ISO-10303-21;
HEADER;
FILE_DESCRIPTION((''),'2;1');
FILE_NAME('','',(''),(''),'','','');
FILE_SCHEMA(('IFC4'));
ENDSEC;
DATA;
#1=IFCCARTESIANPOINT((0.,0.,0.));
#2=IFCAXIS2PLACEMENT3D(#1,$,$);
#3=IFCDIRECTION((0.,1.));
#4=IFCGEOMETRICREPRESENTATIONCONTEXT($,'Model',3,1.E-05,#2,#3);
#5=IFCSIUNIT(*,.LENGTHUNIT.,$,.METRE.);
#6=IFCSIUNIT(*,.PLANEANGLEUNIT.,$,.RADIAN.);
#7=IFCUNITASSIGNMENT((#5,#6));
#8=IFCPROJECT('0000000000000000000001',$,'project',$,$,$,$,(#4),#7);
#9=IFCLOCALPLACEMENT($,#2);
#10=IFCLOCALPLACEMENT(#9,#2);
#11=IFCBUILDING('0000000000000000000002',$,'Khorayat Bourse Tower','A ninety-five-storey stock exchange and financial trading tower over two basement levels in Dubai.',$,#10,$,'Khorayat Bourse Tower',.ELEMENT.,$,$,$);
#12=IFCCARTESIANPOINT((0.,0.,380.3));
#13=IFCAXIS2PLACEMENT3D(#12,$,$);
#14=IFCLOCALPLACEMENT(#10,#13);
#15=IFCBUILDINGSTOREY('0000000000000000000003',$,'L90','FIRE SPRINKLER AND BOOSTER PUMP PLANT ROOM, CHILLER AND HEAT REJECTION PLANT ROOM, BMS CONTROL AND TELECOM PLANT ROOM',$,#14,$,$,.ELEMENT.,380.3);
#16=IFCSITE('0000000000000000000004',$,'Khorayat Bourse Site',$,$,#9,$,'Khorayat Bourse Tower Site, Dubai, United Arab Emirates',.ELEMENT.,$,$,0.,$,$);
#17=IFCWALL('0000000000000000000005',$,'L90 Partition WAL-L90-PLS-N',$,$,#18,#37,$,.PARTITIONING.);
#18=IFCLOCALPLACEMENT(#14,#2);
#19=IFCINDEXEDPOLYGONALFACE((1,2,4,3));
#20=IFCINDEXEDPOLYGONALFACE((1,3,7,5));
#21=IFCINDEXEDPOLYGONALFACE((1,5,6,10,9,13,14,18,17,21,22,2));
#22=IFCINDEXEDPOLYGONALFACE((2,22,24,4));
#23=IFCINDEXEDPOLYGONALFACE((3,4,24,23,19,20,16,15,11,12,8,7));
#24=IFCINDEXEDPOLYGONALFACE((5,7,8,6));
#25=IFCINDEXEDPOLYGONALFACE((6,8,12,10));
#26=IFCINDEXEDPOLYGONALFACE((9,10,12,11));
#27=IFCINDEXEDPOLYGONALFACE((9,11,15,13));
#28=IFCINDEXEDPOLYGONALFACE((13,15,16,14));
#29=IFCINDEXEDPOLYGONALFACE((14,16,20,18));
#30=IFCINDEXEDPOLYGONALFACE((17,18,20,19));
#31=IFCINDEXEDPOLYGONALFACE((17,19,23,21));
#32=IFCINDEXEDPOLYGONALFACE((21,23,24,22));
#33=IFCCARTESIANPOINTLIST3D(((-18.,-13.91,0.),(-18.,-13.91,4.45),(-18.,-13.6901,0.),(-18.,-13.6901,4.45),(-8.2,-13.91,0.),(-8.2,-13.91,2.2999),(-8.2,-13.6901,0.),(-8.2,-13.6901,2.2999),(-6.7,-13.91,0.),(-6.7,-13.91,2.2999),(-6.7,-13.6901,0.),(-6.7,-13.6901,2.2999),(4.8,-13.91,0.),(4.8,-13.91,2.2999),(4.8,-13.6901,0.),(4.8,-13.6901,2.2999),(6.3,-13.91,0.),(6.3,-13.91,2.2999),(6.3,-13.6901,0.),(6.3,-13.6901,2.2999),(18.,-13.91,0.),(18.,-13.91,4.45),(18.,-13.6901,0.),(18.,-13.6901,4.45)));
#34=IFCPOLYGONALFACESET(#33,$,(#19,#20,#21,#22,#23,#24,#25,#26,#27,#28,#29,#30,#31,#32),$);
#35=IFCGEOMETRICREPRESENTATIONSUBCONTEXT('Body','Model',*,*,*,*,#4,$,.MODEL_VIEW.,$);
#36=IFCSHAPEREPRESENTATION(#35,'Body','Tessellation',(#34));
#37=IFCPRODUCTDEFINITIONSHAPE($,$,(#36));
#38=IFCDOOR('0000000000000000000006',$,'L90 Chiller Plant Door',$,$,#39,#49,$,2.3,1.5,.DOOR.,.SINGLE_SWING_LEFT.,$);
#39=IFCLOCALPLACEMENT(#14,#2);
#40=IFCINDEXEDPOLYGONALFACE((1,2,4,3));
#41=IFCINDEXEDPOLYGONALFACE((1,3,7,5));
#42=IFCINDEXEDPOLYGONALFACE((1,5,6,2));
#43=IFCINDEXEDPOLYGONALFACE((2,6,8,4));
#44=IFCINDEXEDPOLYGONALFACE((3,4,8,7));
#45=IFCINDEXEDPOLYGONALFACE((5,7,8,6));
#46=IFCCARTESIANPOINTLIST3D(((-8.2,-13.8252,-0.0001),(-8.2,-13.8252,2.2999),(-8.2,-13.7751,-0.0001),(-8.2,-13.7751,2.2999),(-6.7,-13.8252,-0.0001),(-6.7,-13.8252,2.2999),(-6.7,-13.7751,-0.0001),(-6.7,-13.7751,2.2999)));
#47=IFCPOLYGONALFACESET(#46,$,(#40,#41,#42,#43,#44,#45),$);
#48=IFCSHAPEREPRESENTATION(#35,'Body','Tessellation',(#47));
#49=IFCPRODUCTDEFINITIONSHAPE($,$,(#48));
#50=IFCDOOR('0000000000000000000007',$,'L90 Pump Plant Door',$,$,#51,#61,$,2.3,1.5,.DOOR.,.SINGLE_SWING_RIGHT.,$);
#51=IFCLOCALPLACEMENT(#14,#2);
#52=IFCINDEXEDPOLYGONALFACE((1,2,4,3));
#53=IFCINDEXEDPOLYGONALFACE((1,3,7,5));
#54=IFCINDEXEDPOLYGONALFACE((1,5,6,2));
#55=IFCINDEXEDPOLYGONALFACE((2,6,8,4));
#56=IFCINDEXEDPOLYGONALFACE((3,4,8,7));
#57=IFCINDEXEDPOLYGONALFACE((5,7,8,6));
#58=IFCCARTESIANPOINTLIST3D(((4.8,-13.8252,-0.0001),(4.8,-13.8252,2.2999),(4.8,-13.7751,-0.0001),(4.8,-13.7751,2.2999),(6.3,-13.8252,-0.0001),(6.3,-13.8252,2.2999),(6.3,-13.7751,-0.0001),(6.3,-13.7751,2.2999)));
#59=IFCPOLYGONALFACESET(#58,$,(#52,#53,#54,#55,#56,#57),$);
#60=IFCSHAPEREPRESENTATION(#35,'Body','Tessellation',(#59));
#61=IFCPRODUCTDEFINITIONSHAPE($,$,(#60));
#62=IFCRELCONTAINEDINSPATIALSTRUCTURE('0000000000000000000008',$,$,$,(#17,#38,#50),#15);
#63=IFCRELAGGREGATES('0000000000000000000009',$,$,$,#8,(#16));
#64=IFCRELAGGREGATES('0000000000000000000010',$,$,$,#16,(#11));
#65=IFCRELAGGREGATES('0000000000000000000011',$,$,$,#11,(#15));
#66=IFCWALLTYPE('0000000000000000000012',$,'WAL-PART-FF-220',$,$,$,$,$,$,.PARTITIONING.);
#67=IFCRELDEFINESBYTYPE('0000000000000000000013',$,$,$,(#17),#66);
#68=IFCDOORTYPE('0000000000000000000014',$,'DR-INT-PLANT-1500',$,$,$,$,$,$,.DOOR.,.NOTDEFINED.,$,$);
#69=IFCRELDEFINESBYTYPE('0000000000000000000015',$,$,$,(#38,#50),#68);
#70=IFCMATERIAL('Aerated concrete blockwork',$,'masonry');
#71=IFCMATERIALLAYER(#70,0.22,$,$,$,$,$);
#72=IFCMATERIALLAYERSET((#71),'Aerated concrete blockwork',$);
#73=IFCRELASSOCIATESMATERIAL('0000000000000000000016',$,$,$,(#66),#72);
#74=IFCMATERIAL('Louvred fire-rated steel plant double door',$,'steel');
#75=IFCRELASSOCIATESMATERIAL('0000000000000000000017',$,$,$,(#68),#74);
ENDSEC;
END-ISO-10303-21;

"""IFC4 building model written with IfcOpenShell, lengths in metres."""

from ifc_helpers import new_model, si_unit, direction, frame, frame_2d, origin, place, context, subcontext, project, spatial, rectangle, extrude, source, transform, mapped, material, layer, layer_set, type_object, element, fill, save


model = new_model("IFC4")

# Units and contexts
model_context = context("Model", 3, precision=1e-05, world=origin(), true_north=direction((0.0, 1.0)))
body_context = subcontext(model_context, "Body", "Model", "MODEL_VIEW")
ifc_project = project(units=[si_unit("LENGTHUNIT", "METRE"), si_unit("PLANEANGLEUNIT", "RADIAN")], contexts=[model_context])

# Site, building, storey
site_placement = place(None, origin())
site = spatial("IfcSite", under=ifc_project, at=site_placement, Name="Khorayat Bourse Site", LongName="Khorayat Bourse Tower Site, Dubai, United Arab Emirates", CompositionType="ELEMENT", RefElevation=0.0)
building_placement = place(site_placement, origin())
building = spatial("IfcBuilding", under=site, at=building_placement, Name="Khorayat Bourse Tower", Description="A ninety-five-storey stock exchange and financial trading tower over two basement levels in Dubai.", LongName="Khorayat Bourse Tower", CompositionType="ELEMENT")
storey_placement = place(building_placement, frame((0.0, 0.0, 380.3)))
storey = spatial("IfcBuildingStorey", under=building, at=storey_placement, Name="L90", Description="FIRE SPRINKLER AND BOOSTER PUMP PLANT ROOM, CHILLER AND HEAT REJECTION PLANT ROOM, BMS CONTROL AND TELECOM PLANT ROOM", CompositionType="ELEMENT", Elevation=380.3)

# Shared definitions
ifc_material_1 = material(Name="Aerated concrete blockwork", Category="masonry")
ifc_layer_1 = layer(ifc_material_1, 0.22)
ifc_layer_set_1 = layer_set([ifc_layer_1], Name="Aerated concrete blockwork")
wall_type_1 = type_object("IfcWallType", Name="WAL-PART-FF-220", PredefinedType="PARTITIONING", material=ifc_layer_set_1)

# Wall, openings, doors
shared_shape_1 = source(origin(), body_context, "Body", "SweptSolid", [
    extrude(rectangle(XDim=36.0, YDim=0.22, at=frame_2d((18.0, 0.0))), origin(), (0.0, 0.0, 1.0), 4.45),
])
wall_1_placement = place(storey_placement, frame((-18.0, -13.8, 0.0), z_axis=(0.0, 0.0, 1.0), x_axis=(1.0, 0.0, 0.0)))
wall_1 = element("IfcWall", 1, at=wall_1_placement, inside=storey, type_object=wall_type_1, Name="L90 Partition WAL-L90-PLS-N", PredefinedType="PARTITIONING", context=body_context, shape_type="MappedRepresentation", body=[
    mapped(shared_shape_1, transform((0.0, 0.0, 0.0), scale=1.0)),
])
shared_shape_2 = source(origin(), body_context, "Body", "SweptSolid", [
    extrude(rectangle(XDim=1.5, YDim=2.3, at=frame_2d((0.75, 1.1499))), frame((0.0, 0.1199, 0.0), z_axis=(0.0, -1.0, 0.0), x_axis=(1.0, 0.0, 0.0)), (0.0, 0.0, 1.0), 0.24),
])
opening_1_placement = place(wall_1_placement, frame((9.8, 0.0, 0.0)))
opening_1 = element("IfcOpeningElement", 2, at=opening_1_placement, cuts=wall_1, PredefinedType="OPENING", context=body_context, shape_type="MappedRepresentation", body=[
    mapped(shared_shape_2, transform((0.0, 0.0, 0.0), scale=1.0)),
])
opening_2_placement = place(wall_1_placement, frame((22.8, 0.0, 0.0)))
opening_2 = element("IfcOpeningElement", 3, at=opening_2_placement, cuts=wall_1, PredefinedType="OPENING", context=body_context, shape_type="MappedRepresentation", body=[
    mapped(shared_shape_2, transform((0.0, 0.0, 0.0), scale=1.0)),
])
ifc_material_2 = material(Name="Louvred fire-rated steel plant double door", Category="steel")
door_type_1 = type_object("IfcDoorType", Name="DR-INT-PLANT-1500", OperationType="NOTDEFINED", PredefinedType="DOOR", material=ifc_material_2)
shared_shape_3 = source(origin(), body_context, "Body", "SweptSolid", [
    extrude(rectangle(XDim=1.5, YDim=2.3, at=frame_2d((0.75, 1.1499))), frame((0.0, 0.0249, 0.0), z_axis=(0.0, -1.0, 0.0), x_axis=(1.0, 0.0, 0.0)), (0.0, 0.0, 1.0), 0.05),
])
door_1_placement = place(opening_1_placement, origin())
door_1 = element("IfcDoor", 4, at=door_1_placement, inside=storey, type_object=door_type_1, Name="L90 Chiller Plant Door", OperationType="SINGLE_SWING_LEFT", OverallHeight=2.3, OverallWidth=1.5, PredefinedType="DOOR", context=body_context, shape_type="MappedRepresentation", body=[
    mapped(shared_shape_3, transform((0.0, 0.0, 0.0), scale=1.0)),
])
fill(opening_1, door_1)
door_2_placement = place(opening_2_placement, origin())
door_2 = element("IfcDoor", 5, at=door_2_placement, inside=storey, type_object=door_type_1, Name="L90 Pump Plant Door", OperationType="SINGLE_SWING_RIGHT", OverallHeight=2.3, OverallWidth=1.5, PredefinedType="DOOR", context=body_context, shape_type="MappedRepresentation", body=[
    mapped(shared_shape_3, transform((0.0, 0.0, 0.0), scale=1.0)),
])
fill(opening_2, door_2)

save(model, "model.ifc")
